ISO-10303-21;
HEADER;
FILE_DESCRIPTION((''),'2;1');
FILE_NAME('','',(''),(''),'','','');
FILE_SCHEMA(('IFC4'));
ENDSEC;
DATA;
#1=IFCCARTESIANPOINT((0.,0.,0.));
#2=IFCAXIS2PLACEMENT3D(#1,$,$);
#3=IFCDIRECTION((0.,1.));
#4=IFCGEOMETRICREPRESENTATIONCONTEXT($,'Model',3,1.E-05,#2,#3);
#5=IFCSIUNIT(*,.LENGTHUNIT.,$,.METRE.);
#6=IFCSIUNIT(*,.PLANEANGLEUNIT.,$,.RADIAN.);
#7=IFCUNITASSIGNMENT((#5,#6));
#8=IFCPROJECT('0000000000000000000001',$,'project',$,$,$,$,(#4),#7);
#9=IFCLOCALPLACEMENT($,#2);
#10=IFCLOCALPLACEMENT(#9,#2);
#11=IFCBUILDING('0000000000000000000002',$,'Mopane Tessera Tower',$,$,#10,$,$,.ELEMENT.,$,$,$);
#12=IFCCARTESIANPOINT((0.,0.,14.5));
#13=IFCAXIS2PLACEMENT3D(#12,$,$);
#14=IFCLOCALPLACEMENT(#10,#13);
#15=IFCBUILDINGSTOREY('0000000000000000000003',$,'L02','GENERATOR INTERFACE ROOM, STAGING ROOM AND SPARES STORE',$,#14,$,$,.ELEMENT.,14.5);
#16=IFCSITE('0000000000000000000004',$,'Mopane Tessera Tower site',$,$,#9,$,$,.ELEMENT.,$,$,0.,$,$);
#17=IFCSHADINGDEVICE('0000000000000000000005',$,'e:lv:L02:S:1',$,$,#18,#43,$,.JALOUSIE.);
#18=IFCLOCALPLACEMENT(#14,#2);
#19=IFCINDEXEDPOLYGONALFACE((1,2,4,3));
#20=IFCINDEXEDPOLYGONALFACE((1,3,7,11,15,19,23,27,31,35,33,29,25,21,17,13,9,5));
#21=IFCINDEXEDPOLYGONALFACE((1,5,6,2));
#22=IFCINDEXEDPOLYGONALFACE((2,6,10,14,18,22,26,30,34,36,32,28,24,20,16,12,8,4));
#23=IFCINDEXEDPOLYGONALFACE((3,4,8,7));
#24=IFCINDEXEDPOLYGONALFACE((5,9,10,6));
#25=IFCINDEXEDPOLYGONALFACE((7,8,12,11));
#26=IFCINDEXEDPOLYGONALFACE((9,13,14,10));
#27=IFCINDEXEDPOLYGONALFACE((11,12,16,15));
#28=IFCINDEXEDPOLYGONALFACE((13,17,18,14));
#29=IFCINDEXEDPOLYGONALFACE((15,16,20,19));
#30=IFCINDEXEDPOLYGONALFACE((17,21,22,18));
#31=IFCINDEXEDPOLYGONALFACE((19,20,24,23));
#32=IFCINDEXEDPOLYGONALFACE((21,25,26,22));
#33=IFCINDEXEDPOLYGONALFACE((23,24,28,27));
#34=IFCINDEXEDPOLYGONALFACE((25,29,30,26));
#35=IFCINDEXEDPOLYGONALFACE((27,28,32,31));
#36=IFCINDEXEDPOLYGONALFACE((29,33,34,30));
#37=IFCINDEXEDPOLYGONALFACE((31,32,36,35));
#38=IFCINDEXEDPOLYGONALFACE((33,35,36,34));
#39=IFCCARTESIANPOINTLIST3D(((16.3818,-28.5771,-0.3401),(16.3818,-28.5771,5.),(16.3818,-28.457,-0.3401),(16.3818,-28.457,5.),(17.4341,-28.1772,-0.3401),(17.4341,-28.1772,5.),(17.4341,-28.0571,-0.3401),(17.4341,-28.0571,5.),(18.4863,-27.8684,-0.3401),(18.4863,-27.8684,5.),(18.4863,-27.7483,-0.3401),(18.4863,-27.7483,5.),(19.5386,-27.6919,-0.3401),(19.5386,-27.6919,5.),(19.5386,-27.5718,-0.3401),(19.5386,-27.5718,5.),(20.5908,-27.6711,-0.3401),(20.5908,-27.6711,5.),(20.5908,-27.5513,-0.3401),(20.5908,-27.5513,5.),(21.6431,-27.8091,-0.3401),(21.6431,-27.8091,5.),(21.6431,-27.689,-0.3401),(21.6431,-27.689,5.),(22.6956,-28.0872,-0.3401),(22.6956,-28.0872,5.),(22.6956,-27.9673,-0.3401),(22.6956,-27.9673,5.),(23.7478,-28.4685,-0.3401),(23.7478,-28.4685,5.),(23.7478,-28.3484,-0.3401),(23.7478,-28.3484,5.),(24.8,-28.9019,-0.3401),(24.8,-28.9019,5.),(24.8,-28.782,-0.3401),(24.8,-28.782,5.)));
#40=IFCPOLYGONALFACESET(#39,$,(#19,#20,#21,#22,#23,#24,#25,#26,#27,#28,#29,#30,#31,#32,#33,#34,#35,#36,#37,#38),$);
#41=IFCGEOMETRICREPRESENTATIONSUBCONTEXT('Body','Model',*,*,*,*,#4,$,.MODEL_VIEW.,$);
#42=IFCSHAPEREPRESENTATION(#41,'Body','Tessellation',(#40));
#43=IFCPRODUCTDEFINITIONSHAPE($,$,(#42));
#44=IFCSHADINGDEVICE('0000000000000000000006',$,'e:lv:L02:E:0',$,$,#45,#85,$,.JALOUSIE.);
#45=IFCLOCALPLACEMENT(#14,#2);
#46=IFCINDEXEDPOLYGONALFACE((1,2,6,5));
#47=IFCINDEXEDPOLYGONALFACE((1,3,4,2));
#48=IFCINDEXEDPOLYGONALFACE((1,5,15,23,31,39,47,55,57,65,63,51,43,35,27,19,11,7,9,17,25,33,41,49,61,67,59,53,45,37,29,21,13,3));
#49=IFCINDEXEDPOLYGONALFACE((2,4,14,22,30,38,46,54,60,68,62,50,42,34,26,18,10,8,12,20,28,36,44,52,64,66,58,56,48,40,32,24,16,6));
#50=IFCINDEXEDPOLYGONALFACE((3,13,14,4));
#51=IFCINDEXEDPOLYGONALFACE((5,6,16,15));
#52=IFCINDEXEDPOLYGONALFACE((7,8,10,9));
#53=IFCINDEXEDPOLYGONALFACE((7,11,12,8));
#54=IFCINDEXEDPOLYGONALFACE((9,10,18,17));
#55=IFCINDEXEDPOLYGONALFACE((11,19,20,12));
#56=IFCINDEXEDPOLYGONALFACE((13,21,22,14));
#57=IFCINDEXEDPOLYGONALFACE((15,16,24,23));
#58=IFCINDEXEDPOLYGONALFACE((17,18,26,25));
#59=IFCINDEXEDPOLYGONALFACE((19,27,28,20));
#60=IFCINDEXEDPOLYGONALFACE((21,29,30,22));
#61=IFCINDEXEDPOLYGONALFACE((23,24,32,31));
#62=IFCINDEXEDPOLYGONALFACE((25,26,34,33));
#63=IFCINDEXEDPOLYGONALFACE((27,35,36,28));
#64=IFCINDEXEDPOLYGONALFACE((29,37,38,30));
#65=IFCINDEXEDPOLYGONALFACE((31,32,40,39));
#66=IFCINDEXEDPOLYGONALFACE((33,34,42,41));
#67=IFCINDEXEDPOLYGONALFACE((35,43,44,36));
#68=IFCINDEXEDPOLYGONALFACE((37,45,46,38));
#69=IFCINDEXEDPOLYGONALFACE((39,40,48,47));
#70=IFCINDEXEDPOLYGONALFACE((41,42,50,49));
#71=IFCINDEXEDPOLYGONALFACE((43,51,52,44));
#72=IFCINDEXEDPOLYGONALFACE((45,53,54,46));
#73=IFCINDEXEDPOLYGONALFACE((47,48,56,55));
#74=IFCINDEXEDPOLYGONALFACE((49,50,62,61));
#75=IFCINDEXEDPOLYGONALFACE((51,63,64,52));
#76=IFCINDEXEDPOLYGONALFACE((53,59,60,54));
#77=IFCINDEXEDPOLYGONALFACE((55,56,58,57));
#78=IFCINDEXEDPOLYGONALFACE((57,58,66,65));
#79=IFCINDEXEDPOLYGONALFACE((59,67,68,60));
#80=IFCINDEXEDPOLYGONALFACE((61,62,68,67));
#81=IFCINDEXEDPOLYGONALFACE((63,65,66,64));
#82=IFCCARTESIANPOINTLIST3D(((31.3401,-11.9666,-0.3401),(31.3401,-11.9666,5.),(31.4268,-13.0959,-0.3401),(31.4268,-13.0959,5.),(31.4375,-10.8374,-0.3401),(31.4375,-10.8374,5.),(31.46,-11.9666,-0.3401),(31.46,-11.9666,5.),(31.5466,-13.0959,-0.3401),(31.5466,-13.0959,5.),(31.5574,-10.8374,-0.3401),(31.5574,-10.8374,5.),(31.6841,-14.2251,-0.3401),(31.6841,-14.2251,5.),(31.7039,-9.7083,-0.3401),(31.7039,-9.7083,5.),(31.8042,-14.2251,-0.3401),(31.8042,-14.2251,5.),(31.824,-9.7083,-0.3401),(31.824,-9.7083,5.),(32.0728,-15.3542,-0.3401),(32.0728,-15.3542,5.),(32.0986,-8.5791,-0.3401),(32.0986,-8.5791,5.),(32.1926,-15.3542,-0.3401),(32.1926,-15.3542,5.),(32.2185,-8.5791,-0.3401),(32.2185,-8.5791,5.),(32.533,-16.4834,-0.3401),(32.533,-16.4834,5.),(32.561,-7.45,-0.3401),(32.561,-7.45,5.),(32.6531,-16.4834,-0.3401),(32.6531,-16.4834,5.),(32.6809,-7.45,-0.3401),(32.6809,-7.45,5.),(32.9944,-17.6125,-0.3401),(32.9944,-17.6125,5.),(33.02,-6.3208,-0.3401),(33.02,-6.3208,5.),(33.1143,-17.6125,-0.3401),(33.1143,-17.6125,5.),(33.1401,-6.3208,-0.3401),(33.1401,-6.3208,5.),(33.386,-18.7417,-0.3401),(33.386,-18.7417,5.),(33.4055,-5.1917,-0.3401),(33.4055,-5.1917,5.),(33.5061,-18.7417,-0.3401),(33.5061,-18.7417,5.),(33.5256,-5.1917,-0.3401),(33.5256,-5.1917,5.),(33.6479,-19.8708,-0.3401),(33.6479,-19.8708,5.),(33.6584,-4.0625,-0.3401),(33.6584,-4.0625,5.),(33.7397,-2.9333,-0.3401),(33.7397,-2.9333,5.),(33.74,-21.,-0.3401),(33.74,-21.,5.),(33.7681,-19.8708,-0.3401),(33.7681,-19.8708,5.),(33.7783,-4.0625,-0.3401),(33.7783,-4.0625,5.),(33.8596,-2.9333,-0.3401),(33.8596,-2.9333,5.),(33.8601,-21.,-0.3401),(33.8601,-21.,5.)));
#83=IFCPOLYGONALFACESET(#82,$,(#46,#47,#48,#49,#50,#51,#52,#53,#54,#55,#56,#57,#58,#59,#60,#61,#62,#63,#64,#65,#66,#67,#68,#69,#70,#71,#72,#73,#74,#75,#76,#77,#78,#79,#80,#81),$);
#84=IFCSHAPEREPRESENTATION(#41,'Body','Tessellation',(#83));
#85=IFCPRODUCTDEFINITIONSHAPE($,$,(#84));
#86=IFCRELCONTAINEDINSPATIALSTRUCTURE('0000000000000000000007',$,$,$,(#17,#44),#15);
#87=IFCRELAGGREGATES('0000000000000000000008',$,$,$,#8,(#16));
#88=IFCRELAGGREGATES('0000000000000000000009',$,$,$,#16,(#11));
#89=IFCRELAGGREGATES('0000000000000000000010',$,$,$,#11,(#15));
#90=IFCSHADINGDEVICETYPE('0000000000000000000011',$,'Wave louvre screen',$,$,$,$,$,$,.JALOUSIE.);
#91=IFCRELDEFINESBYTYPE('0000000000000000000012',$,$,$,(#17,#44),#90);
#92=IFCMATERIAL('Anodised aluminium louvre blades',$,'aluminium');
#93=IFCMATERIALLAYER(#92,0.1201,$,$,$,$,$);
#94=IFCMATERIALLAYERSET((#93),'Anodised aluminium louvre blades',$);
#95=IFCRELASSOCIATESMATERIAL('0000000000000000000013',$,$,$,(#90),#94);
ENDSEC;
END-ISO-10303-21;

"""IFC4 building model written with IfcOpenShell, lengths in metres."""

from ifc_helpers import new_model, si_unit, direction, frame, origin, place, context, subcontext, project, spatial, polyline, outline, extrude, material, layer, layer_set, type_object, element, save


model = new_model("IFC4")

# Units and contexts
model_context = context("Model", 3, precision=1e-05, world=origin(), true_north=direction((0.0, 1.0)))
body_context = subcontext(model_context, "Body", "Model", "MODEL_VIEW")
ifc_project = project(units=[si_unit("LENGTHUNIT", "METRE"), si_unit("PLANEANGLEUNIT", "RADIAN")], contexts=[model_context])

# Site, building, storey
site_placement = place(None, origin())
site = spatial("IfcSite", under=ifc_project, at=site_placement, Name="Mopane Tessera Tower site", CompositionType="ELEMENT", RefElevation=0.0)
building_placement = place(site_placement, origin())
building = spatial("IfcBuilding", under=site, at=building_placement, Name="Mopane Tessera Tower", CompositionType="ELEMENT")
storey_placement = place(building_placement, frame((0.0, 0.0, 14.5)))
storey = spatial("IfcBuildingStorey", under=building, at=storey_placement, Name="L02", Description="GENERATOR INTERFACE ROOM, STAGING ROOM AND SPARES STORE", CompositionType="ELEMENT", Elevation=14.5)

# Shading devices
ifc_material_1 = material(Name="Anodised aluminium louvre blades", Category="aluminium")
ifc_layer_1 = layer(ifc_material_1, 0.1201)
ifc_layer_set_1 = layer_set([ifc_layer_1], Name="Anodised aluminium louvre blades")
shading_device_type = type_object("IfcShadingDeviceType", Name="Wave louvre screen", PredefinedType="JALOUSIE", material=ifc_layer_set_1)
shading_device_1_placement = place(storey_placement, frame((0.0, 0.0, -0.3401)))
element("IfcShadingDevice", 1, at=shading_device_1_placement, inside=storey, type_object=shading_device_type, Name="e:lv:L02:S:1", PredefinedType="JALOUSIE", context=body_context, shape_type="SweptSolid", body=[
    extrude(outline(polyline([(16.3818, -28.457), (17.4341, -28.0571), (18.4863, -27.7483), (19.5386, -27.5718), (20.5908, -27.5513), (21.6431, -27.689), (22.6956, -27.9673), (23.7478, -28.3484), (24.8, -28.782), (24.8, -28.9019), (23.7478, -28.4685), (22.6956, -28.0872), (21.6431, -27.8091), (20.5908, -27.6711), (19.5386, -27.6919), (18.4863, -27.8684), (17.4341, -28.1772), (16.3818, -28.5771), (16.3818, -28.457)])), origin(), (0.0, 0.0, 1.0), 5.3401),
])
shading_device_2_placement = place(storey_placement, frame((0.0, 0.0, -0.3401)))
element("IfcShadingDevice", 2, at=shading_device_2_placement, inside=storey, type_object=shading_device_type, Name="e:lv:L02:E:0", PredefinedType="JALOUSIE", context=body_context, shape_type="SweptSolid", body=[
    extrude(outline(polyline([(33.74, -21.0), (33.6479, -19.8708), (33.386, -18.7417), (32.9944, -17.6125), (32.533, -16.4834), (32.0728, -15.3542), (31.6841, -14.2251), (31.4268, -13.0959), (31.3401, -11.9666), (31.4375, -10.8374), (31.7039, -9.7083), (32.0986, -8.5791), (32.561, -7.45), (33.02, -6.3208), (33.4055, -5.1917), (33.6584, -4.0625), (33.7397, -2.9333), (33.8596, -2.9333), (33.7783, -4.0625), (33.5256, -5.1917), (33.1401, -6.3208), (32.6809, -7.45), (32.2185, -8.5791), (31.824, -9.7083), (31.5574, -10.8374), (31.46, -11.9666), (31.5466, -13.0959), (31.8042, -14.2251), (32.1926, -15.3542), (32.6531, -16.4834), (33.1143, -17.6125), (33.5061, -18.7417), (33.7681, -19.8708), (33.8601, -21.0), (33.74, -21.0)])), origin(), (0.0, 0.0, 1.0), 5.3401),
])

save(model, "model.ifc")
